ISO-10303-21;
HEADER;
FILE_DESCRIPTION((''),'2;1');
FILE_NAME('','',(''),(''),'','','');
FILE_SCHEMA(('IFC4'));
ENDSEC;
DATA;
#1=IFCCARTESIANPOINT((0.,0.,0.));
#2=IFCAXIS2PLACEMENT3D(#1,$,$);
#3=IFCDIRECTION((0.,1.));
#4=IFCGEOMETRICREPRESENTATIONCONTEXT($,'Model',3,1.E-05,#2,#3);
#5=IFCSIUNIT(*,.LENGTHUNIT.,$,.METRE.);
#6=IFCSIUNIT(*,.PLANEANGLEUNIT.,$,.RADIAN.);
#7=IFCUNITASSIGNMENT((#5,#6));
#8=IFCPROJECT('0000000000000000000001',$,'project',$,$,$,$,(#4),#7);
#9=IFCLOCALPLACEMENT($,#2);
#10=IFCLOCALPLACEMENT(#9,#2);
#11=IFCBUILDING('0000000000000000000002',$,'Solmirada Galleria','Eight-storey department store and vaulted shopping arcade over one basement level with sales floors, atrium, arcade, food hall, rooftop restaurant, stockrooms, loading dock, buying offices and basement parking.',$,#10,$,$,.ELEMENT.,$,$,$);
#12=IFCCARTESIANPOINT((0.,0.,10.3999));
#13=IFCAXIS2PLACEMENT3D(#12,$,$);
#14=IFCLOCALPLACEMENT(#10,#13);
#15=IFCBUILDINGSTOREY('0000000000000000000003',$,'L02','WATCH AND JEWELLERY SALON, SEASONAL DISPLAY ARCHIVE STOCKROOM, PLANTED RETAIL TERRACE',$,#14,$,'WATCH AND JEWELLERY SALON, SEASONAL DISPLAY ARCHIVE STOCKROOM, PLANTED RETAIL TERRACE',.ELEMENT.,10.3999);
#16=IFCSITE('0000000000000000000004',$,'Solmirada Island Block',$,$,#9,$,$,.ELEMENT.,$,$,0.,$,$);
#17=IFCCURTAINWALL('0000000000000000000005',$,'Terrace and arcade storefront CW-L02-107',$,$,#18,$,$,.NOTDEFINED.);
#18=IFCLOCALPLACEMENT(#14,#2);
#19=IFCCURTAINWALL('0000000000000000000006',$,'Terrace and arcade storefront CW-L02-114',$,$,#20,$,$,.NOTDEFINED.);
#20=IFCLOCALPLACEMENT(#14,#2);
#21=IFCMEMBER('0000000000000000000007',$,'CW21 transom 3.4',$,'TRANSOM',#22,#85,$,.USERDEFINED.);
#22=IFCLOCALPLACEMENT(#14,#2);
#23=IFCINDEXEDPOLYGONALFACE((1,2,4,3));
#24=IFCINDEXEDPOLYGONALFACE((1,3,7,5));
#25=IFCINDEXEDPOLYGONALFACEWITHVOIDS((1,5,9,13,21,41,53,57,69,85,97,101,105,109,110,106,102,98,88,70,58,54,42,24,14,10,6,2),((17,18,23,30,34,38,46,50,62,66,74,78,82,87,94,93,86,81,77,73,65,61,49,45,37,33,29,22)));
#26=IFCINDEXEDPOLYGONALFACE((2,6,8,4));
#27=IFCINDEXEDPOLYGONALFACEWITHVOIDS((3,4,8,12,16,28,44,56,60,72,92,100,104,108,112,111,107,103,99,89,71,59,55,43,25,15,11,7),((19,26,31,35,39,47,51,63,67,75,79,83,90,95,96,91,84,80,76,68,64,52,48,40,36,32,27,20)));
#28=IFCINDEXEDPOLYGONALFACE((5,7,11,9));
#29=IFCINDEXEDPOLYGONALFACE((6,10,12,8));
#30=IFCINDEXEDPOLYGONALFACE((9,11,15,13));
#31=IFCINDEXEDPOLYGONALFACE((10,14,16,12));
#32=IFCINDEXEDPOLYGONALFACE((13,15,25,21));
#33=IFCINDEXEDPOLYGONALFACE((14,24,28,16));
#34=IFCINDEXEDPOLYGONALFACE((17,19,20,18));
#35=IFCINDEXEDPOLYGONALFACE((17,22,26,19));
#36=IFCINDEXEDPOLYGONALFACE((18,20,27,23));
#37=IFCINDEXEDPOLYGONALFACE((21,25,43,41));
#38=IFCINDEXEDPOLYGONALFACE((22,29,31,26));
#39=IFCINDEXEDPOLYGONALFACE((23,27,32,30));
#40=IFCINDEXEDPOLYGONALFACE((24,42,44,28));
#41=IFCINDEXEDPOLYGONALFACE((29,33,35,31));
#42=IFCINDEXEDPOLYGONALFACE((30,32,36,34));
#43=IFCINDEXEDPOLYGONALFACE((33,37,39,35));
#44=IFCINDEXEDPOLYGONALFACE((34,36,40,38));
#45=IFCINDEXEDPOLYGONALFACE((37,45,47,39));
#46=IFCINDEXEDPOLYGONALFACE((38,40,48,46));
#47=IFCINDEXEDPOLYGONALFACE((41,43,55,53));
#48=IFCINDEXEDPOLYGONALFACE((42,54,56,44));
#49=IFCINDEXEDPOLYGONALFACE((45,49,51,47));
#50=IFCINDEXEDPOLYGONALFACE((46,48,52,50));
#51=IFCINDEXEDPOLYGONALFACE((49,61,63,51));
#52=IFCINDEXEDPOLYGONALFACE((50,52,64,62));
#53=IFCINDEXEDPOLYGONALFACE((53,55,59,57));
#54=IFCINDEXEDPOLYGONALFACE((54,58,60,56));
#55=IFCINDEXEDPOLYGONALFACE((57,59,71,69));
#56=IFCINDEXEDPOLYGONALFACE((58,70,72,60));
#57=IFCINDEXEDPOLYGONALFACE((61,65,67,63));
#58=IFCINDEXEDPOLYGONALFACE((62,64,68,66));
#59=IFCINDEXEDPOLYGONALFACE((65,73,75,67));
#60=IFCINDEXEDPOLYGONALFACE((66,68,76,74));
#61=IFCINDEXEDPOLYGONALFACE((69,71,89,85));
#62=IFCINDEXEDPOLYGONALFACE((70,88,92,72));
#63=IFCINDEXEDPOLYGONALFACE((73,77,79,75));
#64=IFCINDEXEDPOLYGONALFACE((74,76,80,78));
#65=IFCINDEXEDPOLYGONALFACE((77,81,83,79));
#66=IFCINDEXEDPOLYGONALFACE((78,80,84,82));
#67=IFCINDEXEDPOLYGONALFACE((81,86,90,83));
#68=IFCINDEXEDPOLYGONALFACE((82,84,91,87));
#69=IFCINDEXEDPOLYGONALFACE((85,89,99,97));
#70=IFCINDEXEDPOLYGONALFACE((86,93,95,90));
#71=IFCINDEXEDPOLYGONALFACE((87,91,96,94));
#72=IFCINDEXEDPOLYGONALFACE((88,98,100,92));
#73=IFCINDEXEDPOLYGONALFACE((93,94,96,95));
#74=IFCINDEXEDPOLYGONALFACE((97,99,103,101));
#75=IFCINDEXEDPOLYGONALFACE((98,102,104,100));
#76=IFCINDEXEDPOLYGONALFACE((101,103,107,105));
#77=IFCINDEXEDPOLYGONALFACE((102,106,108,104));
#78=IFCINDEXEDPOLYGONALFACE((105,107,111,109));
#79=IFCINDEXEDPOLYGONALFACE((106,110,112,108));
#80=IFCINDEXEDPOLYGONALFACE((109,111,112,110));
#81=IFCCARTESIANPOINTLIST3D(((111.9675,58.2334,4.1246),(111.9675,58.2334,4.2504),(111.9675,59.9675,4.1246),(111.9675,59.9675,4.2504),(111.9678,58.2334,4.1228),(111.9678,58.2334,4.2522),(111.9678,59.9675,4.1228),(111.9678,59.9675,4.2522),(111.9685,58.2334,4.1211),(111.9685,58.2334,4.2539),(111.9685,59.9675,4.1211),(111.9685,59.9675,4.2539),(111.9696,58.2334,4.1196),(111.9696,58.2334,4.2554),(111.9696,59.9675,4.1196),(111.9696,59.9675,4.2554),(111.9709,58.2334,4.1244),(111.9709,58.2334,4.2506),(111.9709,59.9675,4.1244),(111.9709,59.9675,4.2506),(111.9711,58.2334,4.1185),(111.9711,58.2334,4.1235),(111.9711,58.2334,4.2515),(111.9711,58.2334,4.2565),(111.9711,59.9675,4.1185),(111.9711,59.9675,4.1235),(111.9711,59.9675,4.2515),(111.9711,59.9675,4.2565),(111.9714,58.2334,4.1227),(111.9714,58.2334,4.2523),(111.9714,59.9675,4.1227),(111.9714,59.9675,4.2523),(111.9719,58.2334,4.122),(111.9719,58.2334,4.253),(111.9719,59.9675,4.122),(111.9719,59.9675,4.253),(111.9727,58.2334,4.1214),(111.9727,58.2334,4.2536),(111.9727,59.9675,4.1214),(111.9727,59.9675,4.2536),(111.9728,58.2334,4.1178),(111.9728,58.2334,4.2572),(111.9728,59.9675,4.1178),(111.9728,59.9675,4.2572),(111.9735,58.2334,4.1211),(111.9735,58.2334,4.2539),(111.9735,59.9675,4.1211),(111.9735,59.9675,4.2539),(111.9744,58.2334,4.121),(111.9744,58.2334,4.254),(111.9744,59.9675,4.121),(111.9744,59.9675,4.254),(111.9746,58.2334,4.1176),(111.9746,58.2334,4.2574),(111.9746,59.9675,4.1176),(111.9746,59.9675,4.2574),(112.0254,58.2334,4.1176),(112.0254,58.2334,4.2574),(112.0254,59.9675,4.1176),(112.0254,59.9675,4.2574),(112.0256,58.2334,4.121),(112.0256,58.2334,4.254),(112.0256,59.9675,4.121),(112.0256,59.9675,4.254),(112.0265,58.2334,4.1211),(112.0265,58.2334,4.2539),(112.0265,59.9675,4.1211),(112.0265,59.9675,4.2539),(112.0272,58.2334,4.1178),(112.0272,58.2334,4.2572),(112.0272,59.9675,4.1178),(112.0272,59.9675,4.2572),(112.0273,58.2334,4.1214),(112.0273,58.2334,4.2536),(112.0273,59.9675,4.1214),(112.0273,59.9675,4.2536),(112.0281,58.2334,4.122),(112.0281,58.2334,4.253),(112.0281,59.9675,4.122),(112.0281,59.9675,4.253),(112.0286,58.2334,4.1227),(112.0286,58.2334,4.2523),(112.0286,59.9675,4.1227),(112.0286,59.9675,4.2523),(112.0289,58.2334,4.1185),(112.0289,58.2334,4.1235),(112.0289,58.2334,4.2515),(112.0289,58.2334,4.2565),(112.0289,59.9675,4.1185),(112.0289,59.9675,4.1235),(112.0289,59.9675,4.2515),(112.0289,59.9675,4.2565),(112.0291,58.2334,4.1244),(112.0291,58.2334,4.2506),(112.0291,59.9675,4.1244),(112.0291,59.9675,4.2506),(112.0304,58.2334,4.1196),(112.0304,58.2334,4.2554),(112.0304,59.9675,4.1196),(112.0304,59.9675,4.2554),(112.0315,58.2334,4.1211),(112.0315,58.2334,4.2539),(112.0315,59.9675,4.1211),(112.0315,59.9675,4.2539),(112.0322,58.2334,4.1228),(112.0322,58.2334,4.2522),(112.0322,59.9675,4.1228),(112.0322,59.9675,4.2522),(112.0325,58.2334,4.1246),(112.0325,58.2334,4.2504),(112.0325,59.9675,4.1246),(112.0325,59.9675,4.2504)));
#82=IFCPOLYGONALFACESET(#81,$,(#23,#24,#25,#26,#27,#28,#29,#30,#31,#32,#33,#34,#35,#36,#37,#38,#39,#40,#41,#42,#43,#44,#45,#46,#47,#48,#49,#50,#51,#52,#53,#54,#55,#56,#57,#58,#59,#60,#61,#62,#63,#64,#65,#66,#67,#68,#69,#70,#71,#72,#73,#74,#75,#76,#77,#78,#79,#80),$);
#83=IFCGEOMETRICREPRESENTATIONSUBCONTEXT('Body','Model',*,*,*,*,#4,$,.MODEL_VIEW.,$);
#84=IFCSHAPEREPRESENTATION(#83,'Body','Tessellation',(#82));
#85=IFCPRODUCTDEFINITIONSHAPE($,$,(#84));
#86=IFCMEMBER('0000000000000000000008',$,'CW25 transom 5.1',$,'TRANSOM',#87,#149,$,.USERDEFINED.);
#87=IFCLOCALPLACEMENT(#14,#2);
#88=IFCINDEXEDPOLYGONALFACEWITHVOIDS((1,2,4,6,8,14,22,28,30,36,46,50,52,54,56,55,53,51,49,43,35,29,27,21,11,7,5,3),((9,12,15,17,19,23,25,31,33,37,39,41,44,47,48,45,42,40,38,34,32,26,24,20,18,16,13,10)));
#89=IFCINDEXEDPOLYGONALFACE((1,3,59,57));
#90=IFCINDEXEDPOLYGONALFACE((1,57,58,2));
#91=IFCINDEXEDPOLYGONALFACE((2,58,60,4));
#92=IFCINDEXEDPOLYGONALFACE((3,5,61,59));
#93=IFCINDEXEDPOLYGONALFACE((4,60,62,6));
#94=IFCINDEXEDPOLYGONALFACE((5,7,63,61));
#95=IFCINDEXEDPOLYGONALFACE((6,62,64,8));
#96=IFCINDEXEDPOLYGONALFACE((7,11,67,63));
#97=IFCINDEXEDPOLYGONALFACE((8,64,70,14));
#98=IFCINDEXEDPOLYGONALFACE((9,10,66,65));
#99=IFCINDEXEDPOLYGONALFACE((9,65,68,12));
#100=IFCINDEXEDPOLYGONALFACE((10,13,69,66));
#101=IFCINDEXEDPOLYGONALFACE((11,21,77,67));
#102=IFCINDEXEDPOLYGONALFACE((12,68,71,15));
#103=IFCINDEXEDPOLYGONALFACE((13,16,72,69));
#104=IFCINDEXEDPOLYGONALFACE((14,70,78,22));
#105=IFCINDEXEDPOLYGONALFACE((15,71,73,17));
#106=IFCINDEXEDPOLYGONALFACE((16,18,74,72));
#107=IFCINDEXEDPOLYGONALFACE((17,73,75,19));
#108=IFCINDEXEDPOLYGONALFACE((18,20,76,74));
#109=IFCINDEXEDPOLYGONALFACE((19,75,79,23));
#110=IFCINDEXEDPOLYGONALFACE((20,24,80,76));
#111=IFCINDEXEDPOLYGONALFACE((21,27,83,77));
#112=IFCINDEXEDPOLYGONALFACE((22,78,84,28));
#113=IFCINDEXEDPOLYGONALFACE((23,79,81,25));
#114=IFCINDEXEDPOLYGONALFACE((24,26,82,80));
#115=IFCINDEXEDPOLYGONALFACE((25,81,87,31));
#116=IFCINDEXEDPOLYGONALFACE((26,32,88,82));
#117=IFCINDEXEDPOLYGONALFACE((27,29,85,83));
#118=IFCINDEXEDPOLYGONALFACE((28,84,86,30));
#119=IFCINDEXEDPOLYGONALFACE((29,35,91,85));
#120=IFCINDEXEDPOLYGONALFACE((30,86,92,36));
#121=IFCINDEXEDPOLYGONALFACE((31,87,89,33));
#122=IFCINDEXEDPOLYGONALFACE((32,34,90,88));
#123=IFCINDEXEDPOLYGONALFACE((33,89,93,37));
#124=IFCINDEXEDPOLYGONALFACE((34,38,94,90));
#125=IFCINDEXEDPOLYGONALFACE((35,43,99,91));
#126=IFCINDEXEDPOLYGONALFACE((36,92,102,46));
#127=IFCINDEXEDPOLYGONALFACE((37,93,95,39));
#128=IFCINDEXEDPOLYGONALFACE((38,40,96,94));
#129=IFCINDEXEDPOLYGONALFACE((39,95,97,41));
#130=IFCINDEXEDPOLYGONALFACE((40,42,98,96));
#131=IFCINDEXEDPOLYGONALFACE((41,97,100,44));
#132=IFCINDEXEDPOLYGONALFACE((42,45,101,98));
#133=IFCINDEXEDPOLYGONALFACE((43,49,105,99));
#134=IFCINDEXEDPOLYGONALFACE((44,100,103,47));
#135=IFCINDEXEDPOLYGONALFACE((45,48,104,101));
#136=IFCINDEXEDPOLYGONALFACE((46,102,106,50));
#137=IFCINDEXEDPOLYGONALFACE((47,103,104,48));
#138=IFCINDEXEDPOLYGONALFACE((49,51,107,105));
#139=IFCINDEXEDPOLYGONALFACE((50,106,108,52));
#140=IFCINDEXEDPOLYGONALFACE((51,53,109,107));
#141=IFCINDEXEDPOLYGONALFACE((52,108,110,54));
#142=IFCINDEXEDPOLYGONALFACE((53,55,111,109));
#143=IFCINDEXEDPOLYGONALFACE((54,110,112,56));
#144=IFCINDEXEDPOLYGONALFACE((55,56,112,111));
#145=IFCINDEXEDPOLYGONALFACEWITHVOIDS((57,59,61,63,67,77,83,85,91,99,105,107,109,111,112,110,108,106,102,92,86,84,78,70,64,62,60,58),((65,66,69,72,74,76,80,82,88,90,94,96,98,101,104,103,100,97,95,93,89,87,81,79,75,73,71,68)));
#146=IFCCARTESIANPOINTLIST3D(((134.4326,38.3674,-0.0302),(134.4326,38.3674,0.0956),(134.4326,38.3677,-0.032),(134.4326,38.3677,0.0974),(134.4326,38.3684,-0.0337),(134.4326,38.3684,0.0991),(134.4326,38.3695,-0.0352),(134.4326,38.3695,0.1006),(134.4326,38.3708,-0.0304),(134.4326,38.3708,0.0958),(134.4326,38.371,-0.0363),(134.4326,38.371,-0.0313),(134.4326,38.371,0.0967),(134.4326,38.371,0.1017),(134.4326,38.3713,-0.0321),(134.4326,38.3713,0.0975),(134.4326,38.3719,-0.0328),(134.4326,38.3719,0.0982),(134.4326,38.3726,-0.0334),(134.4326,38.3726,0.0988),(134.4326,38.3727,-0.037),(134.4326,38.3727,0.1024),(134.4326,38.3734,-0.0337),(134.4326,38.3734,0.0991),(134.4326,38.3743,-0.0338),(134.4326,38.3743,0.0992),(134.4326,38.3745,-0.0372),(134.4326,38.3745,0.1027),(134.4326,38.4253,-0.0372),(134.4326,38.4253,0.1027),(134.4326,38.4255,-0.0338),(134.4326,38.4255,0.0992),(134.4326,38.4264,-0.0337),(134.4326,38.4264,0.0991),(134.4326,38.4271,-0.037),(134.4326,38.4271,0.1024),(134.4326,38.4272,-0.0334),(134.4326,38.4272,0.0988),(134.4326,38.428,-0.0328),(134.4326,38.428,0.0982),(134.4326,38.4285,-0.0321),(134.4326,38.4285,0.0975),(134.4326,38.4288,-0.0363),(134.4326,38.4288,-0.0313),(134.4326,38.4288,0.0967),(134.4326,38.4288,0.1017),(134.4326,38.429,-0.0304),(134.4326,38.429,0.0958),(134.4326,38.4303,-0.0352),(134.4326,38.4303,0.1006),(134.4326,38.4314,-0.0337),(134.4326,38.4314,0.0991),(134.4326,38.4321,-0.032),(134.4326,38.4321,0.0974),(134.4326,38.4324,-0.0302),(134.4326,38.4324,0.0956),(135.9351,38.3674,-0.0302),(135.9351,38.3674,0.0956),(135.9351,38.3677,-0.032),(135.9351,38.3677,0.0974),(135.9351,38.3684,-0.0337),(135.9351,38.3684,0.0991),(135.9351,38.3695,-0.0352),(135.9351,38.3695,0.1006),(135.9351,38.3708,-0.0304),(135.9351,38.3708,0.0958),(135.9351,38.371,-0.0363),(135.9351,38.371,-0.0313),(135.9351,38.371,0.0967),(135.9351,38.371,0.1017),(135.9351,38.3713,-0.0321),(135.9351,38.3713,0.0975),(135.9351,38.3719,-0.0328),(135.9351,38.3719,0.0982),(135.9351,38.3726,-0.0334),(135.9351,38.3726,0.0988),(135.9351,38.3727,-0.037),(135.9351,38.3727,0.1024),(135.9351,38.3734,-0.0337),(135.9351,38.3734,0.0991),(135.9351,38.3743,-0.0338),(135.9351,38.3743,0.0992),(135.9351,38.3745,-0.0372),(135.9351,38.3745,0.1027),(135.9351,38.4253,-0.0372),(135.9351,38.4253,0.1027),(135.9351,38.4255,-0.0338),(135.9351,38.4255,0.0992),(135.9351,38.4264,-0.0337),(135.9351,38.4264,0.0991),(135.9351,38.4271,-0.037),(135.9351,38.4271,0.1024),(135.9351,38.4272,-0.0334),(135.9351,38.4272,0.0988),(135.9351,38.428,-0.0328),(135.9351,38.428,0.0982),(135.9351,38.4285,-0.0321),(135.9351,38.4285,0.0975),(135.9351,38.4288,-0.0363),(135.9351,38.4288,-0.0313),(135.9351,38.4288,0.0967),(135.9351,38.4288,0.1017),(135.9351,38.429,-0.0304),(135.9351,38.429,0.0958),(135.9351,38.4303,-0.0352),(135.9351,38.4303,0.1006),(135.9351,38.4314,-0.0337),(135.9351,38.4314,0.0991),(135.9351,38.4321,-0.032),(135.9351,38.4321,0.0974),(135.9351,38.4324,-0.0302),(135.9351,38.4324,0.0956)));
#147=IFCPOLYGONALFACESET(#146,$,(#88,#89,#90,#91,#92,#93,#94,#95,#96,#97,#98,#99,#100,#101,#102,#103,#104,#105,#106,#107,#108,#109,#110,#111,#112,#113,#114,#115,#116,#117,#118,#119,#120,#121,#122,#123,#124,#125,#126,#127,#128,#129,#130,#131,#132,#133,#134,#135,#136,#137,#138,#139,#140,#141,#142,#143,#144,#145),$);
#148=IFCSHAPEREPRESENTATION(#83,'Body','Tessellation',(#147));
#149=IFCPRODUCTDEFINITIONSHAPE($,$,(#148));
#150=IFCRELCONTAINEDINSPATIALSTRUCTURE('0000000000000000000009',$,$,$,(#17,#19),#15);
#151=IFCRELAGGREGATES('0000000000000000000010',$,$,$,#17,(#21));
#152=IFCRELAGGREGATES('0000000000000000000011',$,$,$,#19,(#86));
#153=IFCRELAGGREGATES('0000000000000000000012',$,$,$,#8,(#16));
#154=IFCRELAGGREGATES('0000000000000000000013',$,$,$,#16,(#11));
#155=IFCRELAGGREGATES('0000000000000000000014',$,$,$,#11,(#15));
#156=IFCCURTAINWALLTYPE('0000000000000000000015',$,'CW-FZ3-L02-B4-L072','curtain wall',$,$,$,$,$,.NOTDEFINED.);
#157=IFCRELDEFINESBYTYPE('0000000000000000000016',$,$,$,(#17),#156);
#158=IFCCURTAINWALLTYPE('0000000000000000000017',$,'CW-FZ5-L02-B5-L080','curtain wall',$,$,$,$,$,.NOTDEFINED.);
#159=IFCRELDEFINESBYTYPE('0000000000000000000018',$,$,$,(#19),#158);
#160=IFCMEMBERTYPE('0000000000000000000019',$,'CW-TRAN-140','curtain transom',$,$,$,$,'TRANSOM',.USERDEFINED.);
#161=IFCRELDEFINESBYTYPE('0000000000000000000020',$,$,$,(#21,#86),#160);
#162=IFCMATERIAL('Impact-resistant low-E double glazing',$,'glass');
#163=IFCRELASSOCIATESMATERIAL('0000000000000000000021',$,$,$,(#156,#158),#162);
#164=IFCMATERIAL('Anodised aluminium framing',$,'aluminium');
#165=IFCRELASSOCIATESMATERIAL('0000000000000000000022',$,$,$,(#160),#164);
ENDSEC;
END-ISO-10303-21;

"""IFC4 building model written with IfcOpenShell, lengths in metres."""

from ifc_helpers import new_model, si_unit, direction, frame, origin, origin_2d, place, context, subcontext, project, spatial, hollow_rectangle, extrude, material, material_profile, profile_set, type_object, element, aggregate, save


model = new_model("IFC4")

# Units and contexts
model_context = context("Model", 3, precision=1e-05, world=origin(), true_north=direction((0.0, 1.0)))
body_context = subcontext(model_context, "Body", "Model", "MODEL_VIEW")
ifc_project = project(units=[si_unit("LENGTHUNIT", "METRE"), si_unit("PLANEANGLEUNIT", "RADIAN")], contexts=[model_context])

# Site, building, storey
site_placement = place(None, origin())
site = spatial("IfcSite", under=ifc_project, at=site_placement, Name="Solmirada Island Block", CompositionType="ELEMENT", RefElevation=0.0)
building_placement = place(site_placement, origin())
building = spatial("IfcBuilding", under=site, at=building_placement, Name="Solmirada Galleria", Description="Eight-storey department store and vaulted shopping arcade over one basement level with sales floors, atrium, arcade, food hall, rooftop restaurant, stockrooms, loading dock, buying offices and basement parking.", CompositionType="ELEMENT")
storey_placement = place(building_placement, frame((0.0, 0.0, 10.3999)))
storey = spatial("IfcBuildingStorey", under=building, at=storey_placement, Name="L02", Description="WATCH AND JEWELLERY SALON, SEASONAL DISPLAY ARCHIVE STOCKROOM, PLANTED RETAIL TERRACE", LongName="WATCH AND JEWELLERY SALON, SEASONAL DISPLAY ARCHIVE STOCKROOM, PLANTED RETAIL TERRACE", CompositionType="ELEMENT", Elevation=10.3999)

# Curtain walls
ifc_material_1 = material(Name="Impact-resistant low-E double glazing", Category="glass")
curtain_wall_type_1 = type_object("IfcCurtainWallType", Name="CW-FZ3-L02-B4-L072", Description="curtain wall", PredefinedType="NOTDEFINED", material=ifc_material_1)
curtain_wall_1_placement = place(storey_placement, origin())
curtain_wall_1 = element("IfcCurtainWall", 1, at=curtain_wall_1_placement, inside=storey, type_object=curtain_wall_type_1, Name="Terrace and arcade storefront CW-L02-107", PredefinedType="NOTDEFINED")
ifc_material_2 = material(Name="Anodised aluminium framing", Category="aluminium")
curtain_wall_type_2 = type_object("IfcCurtainWallType", Name="CW-FZ5-L02-B5-L080", Description="curtain wall", PredefinedType="NOTDEFINED", material=ifc_material_1)
curtain_wall_2_placement = place(storey_placement, origin())
curtain_wall_2 = element("IfcCurtainWall", 2, at=curtain_wall_2_placement, inside=storey, type_object=curtain_wall_type_2, Name="Terrace and arcade storefront CW-L02-114", PredefinedType="NOTDEFINED")

# Members
ifc_material_profile_1 = material_profile(ifc_material_2, hollow_rectangle(XDim=0.0649, YDim=0.1399, WallThickness=0.0034, InnerFilletRadius=0.0034, OuterFilletRadius=0.0071, at=origin_2d()), Name="ALU-TRAN-140X65")
ifc_profile_set_1 = profile_set([ifc_material_profile_1], Name="Anodised aluminium framing")
member_type_1 = type_object("IfcMemberType", Name="CW-TRAN-140", Description="curtain transom", ElementType="TRANSOM", PredefinedType="USERDEFINED", material=ifc_profile_set_1)
member_1_placement = place(storey_placement, frame((112.0, 59.9675, 4.1875), z_axis=(0.0, -1.0, 0.0), x_axis=(1.0, 0.0, 0.0)))
member_1 = element("IfcMember", 3, at=member_1_placement, type_object=member_type_1, Name="CW21 transom 3.4", ObjectType="TRANSOM", PredefinedType="USERDEFINED", context=body_context, shape_type="SweptSolid", body=[
    extrude(hollow_rectangle(XDim=0.0649, YDim=0.1399, WallThickness=0.0034, InnerFilletRadius=0.0034, OuterFilletRadius=0.0071, at=origin_2d()), origin(), (0.0, 0.0, 1.0), 1.7341),
])
member_2_placement = place(storey_placement, frame((134.4326, 38.3999, 0.0327), z_axis=(1.0, 0.0, 0.0), x_axis=(0.0, 1.0, 0.0)))
member_2 = element("IfcMember", 4, at=member_2_placement, type_object=member_type_1, Name="CW25 transom 5.1", ObjectType="TRANSOM", PredefinedType="USERDEFINED", context=body_context, shape_type="SweptSolid", body=[
    extrude(hollow_rectangle(XDim=0.0649, YDim=0.1399, WallThickness=0.0034, InnerFilletRadius=0.0034, OuterFilletRadius=0.0071, at=origin_2d()), origin(), (0.0, 0.0, 1.0), 1.5024),
])

aggregate(curtain_wall_1, [member_1])
aggregate(curtain_wall_2, [member_2])

save(model, "model.ifc")
